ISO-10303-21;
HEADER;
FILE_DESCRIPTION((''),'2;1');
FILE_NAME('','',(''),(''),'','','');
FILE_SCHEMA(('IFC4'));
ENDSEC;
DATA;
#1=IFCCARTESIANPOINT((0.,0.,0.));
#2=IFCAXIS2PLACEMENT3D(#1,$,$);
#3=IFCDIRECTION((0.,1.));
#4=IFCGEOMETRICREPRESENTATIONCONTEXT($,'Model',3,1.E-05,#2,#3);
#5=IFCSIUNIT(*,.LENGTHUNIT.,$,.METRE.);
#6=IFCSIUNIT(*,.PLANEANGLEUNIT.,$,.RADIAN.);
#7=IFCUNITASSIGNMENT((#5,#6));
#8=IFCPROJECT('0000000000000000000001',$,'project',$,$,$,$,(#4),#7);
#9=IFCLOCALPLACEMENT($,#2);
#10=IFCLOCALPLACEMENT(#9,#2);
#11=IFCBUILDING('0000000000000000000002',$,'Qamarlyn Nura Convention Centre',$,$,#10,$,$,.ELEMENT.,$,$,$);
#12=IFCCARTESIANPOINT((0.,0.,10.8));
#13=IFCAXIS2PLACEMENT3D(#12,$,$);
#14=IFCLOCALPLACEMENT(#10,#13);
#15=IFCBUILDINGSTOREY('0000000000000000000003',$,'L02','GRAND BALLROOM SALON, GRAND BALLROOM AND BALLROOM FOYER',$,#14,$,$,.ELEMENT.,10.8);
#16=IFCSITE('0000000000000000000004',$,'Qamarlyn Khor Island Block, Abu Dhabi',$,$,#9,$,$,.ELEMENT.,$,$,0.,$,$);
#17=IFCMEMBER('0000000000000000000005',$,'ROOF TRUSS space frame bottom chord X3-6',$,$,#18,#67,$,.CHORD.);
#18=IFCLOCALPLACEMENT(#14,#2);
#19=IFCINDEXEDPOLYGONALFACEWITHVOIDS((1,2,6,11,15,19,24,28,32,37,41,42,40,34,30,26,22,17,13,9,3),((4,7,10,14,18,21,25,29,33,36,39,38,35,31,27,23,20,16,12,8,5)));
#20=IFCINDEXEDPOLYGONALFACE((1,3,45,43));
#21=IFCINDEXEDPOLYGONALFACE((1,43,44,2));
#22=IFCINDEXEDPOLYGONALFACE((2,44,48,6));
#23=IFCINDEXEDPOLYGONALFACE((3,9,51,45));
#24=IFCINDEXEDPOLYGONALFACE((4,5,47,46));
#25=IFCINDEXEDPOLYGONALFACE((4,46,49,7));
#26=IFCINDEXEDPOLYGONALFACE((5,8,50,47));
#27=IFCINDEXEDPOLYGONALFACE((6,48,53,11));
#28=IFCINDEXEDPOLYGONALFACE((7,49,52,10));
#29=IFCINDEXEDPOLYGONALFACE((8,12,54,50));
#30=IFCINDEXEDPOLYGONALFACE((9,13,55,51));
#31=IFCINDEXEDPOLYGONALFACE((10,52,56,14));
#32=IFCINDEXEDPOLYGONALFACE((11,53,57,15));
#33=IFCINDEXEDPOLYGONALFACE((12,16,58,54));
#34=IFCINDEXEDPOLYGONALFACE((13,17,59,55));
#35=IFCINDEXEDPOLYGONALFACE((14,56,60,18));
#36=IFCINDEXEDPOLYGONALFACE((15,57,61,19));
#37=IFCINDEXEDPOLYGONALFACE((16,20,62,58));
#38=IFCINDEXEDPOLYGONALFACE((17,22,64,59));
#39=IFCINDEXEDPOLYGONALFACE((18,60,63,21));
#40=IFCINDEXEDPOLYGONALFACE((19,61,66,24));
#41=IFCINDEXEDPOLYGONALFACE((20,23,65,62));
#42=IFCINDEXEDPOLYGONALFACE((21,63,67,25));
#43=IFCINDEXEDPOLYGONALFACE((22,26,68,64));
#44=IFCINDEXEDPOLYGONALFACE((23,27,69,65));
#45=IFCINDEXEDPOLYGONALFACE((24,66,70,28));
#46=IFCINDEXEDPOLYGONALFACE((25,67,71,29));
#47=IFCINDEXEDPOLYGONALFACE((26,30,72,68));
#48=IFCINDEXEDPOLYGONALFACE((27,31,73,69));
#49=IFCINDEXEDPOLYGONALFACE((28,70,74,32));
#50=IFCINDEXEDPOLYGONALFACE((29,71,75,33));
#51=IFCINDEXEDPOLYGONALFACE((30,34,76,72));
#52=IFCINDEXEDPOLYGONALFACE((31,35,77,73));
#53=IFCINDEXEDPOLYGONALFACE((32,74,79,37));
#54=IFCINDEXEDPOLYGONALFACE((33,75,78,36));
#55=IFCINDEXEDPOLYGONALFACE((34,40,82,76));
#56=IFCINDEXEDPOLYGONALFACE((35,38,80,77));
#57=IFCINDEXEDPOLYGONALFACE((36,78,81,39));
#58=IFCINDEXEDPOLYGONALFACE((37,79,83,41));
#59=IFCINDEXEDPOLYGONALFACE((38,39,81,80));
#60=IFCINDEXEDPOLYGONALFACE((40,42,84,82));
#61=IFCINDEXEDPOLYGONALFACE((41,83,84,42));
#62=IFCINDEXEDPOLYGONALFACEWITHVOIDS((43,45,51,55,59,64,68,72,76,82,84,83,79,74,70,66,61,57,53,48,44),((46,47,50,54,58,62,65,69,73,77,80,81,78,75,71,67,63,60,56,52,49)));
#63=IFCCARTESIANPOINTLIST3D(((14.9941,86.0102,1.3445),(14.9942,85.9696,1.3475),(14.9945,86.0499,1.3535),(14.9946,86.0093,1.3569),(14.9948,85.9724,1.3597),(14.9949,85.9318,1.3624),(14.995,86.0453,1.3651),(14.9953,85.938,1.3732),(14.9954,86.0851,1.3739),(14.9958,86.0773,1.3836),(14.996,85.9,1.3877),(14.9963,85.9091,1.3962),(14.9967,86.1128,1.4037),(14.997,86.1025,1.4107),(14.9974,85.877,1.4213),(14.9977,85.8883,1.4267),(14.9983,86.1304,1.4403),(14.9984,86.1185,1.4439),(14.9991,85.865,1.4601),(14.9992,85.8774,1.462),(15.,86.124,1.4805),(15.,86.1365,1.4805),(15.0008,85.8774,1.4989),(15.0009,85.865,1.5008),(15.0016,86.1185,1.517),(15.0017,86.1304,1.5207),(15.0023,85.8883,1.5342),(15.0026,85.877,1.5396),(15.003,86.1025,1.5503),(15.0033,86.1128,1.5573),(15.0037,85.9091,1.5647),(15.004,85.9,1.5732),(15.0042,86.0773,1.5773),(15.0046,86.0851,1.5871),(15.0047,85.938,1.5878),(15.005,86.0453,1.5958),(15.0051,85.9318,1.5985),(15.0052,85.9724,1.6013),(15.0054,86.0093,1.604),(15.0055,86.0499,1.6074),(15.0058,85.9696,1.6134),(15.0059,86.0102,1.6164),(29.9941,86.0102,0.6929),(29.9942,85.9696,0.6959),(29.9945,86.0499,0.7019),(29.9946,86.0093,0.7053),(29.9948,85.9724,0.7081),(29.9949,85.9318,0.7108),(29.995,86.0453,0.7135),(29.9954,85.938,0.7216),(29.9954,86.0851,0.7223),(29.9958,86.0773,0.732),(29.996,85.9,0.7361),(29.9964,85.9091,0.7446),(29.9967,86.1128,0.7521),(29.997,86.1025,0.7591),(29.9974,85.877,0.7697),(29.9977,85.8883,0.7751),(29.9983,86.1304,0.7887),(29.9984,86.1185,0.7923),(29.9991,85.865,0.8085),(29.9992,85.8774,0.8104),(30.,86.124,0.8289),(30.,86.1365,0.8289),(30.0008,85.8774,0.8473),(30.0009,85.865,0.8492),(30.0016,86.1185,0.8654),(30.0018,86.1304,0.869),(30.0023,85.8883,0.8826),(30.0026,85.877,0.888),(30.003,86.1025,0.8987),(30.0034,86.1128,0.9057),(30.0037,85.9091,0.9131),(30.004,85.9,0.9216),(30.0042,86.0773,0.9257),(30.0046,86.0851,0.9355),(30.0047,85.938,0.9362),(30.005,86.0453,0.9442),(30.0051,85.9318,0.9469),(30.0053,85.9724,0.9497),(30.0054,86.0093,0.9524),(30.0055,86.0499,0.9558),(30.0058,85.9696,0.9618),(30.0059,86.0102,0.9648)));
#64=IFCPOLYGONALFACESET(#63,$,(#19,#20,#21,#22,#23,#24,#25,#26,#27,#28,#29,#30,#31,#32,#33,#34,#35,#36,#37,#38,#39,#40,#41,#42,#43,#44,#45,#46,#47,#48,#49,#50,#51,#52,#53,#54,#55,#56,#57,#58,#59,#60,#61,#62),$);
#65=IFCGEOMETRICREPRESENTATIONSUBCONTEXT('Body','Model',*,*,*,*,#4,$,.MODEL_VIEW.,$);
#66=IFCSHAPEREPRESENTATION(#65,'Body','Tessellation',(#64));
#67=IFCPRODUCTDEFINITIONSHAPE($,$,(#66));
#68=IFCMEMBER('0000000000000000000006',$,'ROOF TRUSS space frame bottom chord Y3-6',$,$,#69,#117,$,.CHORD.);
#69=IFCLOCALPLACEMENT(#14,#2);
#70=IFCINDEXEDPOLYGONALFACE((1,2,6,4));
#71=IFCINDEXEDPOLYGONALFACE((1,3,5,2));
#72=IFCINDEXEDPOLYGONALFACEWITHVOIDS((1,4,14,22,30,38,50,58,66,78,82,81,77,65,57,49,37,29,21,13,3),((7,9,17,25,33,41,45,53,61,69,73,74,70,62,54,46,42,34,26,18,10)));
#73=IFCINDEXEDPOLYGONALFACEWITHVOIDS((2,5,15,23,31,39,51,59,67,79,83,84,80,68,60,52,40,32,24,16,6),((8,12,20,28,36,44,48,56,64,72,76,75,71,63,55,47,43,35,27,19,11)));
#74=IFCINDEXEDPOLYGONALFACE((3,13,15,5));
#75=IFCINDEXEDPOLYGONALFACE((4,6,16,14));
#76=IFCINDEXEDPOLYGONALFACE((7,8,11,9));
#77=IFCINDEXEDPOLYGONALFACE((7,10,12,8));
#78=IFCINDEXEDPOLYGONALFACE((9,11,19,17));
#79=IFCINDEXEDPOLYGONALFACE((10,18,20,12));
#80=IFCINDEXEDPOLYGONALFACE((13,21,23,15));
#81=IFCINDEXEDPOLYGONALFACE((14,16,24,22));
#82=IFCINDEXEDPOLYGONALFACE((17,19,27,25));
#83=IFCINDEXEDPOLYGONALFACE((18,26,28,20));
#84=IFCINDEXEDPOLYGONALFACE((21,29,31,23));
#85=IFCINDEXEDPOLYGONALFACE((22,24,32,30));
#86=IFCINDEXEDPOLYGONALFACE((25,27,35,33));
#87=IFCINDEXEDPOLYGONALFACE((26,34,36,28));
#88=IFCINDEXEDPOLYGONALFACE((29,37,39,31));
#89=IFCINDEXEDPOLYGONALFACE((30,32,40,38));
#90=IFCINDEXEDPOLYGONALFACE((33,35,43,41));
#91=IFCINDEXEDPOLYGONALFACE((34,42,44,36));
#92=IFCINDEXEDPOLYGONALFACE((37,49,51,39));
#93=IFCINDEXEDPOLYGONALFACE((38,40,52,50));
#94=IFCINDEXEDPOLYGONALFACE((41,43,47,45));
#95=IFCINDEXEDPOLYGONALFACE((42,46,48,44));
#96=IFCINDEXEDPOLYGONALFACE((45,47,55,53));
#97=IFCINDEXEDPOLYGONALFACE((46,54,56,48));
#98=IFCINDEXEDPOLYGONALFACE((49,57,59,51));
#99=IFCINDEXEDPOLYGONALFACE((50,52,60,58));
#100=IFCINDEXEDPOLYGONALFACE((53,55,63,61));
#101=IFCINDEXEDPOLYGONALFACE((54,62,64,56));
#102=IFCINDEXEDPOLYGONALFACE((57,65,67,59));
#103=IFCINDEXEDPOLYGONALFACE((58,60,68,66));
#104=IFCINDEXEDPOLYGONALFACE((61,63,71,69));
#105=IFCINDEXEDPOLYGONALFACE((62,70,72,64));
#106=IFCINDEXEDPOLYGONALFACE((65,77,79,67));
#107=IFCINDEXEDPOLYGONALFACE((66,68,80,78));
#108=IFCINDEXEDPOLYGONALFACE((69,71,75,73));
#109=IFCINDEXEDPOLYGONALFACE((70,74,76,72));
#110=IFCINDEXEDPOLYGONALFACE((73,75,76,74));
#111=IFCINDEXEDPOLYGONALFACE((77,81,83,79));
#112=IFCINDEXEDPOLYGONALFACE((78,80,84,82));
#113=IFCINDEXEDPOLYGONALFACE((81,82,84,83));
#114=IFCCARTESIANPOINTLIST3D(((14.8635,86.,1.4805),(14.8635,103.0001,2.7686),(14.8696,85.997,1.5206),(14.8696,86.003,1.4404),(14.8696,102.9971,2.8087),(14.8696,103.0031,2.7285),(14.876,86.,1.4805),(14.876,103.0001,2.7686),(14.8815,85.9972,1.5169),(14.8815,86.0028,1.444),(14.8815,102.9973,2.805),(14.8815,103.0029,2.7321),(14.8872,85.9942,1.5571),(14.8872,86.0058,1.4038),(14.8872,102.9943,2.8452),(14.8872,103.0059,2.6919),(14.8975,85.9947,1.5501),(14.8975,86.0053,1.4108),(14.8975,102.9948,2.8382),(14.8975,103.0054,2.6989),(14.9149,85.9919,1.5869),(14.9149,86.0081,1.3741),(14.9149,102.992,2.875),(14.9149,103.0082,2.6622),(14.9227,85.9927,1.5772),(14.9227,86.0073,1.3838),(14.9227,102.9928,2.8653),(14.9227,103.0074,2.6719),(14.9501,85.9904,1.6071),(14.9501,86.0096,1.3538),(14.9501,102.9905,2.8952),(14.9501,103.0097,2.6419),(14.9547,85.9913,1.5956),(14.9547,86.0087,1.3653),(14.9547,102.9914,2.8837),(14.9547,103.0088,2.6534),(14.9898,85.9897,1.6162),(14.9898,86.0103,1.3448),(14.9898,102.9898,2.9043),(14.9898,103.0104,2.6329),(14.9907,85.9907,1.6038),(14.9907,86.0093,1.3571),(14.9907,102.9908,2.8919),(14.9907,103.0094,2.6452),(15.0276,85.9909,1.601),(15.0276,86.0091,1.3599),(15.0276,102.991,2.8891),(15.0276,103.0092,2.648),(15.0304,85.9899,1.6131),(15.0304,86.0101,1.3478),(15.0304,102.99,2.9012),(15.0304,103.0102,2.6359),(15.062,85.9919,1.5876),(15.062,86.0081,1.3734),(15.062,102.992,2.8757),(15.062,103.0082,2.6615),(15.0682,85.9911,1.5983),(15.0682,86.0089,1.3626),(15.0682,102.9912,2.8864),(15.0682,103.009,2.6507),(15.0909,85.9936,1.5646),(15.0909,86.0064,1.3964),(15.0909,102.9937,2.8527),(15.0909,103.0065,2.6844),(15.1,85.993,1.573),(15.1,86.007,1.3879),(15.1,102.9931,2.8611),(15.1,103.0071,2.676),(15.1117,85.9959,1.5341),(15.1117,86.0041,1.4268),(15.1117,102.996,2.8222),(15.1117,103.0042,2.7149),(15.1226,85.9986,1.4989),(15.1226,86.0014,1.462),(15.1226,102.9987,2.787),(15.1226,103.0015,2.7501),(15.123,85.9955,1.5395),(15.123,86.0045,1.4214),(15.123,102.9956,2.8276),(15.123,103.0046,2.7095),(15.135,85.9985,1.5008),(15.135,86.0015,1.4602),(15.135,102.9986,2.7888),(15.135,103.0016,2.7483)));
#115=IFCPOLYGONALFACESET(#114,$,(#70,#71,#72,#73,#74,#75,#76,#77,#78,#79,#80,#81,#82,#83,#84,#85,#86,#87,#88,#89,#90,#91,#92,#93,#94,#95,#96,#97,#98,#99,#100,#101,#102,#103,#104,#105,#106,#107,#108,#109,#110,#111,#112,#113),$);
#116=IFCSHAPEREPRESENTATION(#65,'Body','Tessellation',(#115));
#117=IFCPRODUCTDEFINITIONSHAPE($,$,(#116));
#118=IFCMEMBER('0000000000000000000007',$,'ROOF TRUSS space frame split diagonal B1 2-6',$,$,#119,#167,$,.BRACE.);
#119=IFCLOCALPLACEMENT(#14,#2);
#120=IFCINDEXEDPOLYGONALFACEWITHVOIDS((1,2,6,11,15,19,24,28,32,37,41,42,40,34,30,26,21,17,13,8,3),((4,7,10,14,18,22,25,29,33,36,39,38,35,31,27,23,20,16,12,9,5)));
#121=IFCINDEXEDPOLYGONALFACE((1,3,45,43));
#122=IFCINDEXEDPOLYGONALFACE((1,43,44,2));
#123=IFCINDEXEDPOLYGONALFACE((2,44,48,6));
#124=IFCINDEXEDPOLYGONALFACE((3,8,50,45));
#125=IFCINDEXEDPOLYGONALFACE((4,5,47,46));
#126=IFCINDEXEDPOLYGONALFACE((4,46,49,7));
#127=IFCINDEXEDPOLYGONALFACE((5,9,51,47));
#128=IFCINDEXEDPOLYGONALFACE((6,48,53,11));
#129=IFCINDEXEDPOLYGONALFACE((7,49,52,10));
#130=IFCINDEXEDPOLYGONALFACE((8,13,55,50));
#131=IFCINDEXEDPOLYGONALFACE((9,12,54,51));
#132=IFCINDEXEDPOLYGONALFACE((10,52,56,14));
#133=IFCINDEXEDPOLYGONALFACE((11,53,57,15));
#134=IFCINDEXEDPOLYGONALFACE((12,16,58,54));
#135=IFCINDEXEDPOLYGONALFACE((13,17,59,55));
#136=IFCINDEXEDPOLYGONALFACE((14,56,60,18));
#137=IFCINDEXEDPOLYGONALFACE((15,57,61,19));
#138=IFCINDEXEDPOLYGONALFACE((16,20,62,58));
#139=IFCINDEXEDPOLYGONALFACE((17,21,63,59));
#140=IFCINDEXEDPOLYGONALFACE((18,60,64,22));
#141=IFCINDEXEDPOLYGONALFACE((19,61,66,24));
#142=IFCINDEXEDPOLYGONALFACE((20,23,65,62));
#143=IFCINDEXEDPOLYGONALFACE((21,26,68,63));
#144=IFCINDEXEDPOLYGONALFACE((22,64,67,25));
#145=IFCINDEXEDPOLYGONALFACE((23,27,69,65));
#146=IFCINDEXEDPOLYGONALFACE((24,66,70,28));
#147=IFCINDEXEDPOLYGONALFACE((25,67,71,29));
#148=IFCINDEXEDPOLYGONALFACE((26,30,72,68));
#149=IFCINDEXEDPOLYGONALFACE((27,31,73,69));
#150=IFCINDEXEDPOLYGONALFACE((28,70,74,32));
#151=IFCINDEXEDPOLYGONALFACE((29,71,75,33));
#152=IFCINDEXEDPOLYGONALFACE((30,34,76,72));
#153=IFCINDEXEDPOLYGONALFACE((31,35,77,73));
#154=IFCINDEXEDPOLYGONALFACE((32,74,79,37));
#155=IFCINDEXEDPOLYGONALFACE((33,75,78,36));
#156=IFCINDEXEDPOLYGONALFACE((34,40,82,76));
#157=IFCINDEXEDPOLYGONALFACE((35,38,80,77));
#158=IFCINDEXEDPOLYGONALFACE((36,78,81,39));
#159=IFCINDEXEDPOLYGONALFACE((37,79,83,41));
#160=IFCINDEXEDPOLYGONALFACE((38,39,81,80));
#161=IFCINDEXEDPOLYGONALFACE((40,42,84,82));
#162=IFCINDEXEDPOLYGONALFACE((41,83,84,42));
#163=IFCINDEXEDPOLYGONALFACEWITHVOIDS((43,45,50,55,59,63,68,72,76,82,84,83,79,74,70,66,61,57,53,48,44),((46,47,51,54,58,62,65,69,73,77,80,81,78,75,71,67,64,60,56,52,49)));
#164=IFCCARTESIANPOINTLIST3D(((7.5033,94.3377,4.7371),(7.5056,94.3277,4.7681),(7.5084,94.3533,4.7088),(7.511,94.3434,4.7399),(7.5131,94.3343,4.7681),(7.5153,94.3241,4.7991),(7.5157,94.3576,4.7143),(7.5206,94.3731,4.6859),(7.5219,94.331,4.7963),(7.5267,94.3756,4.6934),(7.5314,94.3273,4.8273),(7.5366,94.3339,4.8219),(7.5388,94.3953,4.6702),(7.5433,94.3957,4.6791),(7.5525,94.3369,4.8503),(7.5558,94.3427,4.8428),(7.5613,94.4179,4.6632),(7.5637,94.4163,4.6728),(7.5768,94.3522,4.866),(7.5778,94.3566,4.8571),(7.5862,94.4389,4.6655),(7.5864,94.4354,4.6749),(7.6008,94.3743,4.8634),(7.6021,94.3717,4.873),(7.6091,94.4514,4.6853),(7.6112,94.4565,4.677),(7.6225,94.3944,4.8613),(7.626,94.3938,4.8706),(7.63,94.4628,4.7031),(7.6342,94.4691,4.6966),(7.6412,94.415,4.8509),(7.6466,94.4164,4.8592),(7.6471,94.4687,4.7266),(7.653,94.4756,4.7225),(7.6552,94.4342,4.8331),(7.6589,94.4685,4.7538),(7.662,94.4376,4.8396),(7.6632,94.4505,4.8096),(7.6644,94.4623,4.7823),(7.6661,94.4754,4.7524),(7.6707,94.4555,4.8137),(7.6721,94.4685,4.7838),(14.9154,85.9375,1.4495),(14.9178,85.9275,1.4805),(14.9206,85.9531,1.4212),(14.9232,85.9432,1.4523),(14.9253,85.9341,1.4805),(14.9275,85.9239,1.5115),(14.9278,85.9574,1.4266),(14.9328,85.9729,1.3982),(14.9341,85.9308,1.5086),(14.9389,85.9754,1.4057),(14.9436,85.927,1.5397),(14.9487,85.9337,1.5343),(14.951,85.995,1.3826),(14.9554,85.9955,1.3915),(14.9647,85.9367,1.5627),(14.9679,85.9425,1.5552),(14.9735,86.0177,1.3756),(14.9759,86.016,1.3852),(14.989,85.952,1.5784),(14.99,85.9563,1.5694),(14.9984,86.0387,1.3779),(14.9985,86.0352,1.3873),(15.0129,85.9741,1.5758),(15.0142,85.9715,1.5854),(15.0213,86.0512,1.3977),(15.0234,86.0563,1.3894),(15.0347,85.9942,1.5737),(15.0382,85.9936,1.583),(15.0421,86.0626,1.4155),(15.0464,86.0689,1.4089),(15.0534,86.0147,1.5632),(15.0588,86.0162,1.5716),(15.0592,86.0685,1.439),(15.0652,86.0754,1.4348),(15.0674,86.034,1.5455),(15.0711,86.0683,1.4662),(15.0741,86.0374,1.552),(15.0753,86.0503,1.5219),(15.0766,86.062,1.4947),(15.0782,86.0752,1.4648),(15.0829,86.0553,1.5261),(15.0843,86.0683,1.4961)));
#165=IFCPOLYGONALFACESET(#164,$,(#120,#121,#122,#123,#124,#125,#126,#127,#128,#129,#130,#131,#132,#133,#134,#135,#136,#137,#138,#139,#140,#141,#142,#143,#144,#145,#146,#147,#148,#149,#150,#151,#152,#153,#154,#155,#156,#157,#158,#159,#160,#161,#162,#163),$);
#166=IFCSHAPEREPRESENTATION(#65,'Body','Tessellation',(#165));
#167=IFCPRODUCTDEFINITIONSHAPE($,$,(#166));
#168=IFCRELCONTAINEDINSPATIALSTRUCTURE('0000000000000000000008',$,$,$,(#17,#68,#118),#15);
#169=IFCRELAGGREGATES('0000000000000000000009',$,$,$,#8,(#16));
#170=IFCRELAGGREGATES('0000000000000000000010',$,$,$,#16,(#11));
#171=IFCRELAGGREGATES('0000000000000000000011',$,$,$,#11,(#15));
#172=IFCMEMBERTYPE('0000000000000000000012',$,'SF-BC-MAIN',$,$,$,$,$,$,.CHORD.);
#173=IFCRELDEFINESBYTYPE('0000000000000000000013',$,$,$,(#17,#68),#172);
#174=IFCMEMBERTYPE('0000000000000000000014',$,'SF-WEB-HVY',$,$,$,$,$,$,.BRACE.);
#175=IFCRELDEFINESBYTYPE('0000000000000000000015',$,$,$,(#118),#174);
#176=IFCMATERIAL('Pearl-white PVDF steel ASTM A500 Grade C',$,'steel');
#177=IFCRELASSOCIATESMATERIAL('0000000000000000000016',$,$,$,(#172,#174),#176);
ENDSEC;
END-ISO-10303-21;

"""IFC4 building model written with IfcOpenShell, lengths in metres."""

from ifc_helpers import new_model, si_unit, direction, frame, origin, origin_2d, place, context, subcontext, project, spatial, hollow_circle, extrude, material, material_profile, profile_set, type_object, element, save


model = new_model("IFC4")

# Units and contexts
model_context = context("Model", 3, precision=1e-05, world=origin(), true_north=direction((0.0, 1.0)))
body_context = subcontext(model_context, "Body", "Model", "MODEL_VIEW")
ifc_project = project(units=[si_unit("LENGTHUNIT", "METRE"), si_unit("PLANEANGLEUNIT", "RADIAN")], contexts=[model_context])

# Site, building, storey
site_placement = place(None, origin())
site = spatial("IfcSite", under=ifc_project, at=site_placement, Name="Qamarlyn Khor Island Block, Abu Dhabi", CompositionType="ELEMENT", RefElevation=0.0)
building_placement = place(site_placement, origin())
building = spatial("IfcBuilding", under=site, at=building_placement, Name="Qamarlyn Nura Convention Centre", CompositionType="ELEMENT")
storey_placement = place(building_placement, frame((0.0, 0.0, 10.8)))
storey = spatial("IfcBuildingStorey", under=building, at=storey_placement, Name="L02", Description="GRAND BALLROOM SALON, GRAND BALLROOM AND BALLROOM FOYER", CompositionType="ELEMENT", Elevation=10.8)

# Members
ifc_material_1 = material(Name="Pearl-white PVDF steel ASTM A500 Grade C", Category="steel")
ifc_material_profile_1 = material_profile(ifc_material_1, hollow_circle(Radius=0.1365, WallThickness=0.0125, at=origin_2d()), Name="CHS273X12.5")
ifc_profile_set_1 = profile_set([ifc_material_profile_1], Name="Pearl-white PVDF steel ASTM A500 Grade C")
member_type_1 = type_object("IfcMemberType", Name="SF-BC-MAIN", PredefinedType="CHORD", material=ifc_profile_set_1)
member_1_placement = place(storey_placement, frame((15.0, 86.0, 1.4805), z_axis=(0.999058, 0.0, -0.0434), x_axis=(0.0, 1.0, 0.0)))
element("IfcMember", 1, at=member_1_placement, inside=storey, type_object=member_type_1, Name="ROOF TRUSS space frame bottom chord X3-6", PredefinedType="CHORD", context=body_context, shape_type="SweptSolid", body=[
    extrude(hollow_circle(Radius=0.1365, WallThickness=0.0125, at=origin_2d()), origin(), (0.0, 0.0, 1.0), 15.0142),
])
member_2_placement = place(storey_placement, frame((15.0, 86.0, 1.4805), z_axis=(0.0, 0.997142, 0.075553), x_axis=(-1.0, 0.0, 0.0)))
element("IfcMember", 2, at=member_2_placement, inside=storey, type_object=member_type_1, Name="ROOF TRUSS space frame bottom chord Y3-6", PredefinedType="CHORD", context=body_context, shape_type="SweptSolid", body=[
    extrude(hollow_circle(Radius=0.1365, WallThickness=0.0125, at=origin_2d()), origin(), (0.0, 0.0, 1.0), 17.0488),
])
ifc_material_profile_2 = material_profile(ifc_material_1, hollow_circle(Radius=0.1096, WallThickness=0.01, at=origin_2d()), Name="CHS219.1X10")
ifc_profile_set_2 = profile_set([ifc_material_profile_2], Name="Pearl-white PVDF steel ASTM A500 Grade C")
member_type_2 = type_object("IfcMemberType", Name="SF-WEB-HVY", PredefinedType="BRACE", material=ifc_profile_set_2)
member_3_placement = place(storey_placement, frame((15.0, 86.0, 1.4805), z_axis=(-0.63486, 0.719487, 0.281588), x_axis=(-0.749828, -0.661632, 0.0)))
element("IfcMember", 3, at=member_3_placement, inside=storey, type_object=member_type_2, Name="ROOF TRUSS space frame split diagonal B1 2-6", PredefinedType="BRACE", context=body_context, shape_type="SweptSolid", body=[
    extrude(hollow_circle(Radius=0.1096, WallThickness=0.01, at=origin_2d()), origin(), (0.0, 0.0, 1.0), 11.6753),
])

save(model, "model.ifc")
